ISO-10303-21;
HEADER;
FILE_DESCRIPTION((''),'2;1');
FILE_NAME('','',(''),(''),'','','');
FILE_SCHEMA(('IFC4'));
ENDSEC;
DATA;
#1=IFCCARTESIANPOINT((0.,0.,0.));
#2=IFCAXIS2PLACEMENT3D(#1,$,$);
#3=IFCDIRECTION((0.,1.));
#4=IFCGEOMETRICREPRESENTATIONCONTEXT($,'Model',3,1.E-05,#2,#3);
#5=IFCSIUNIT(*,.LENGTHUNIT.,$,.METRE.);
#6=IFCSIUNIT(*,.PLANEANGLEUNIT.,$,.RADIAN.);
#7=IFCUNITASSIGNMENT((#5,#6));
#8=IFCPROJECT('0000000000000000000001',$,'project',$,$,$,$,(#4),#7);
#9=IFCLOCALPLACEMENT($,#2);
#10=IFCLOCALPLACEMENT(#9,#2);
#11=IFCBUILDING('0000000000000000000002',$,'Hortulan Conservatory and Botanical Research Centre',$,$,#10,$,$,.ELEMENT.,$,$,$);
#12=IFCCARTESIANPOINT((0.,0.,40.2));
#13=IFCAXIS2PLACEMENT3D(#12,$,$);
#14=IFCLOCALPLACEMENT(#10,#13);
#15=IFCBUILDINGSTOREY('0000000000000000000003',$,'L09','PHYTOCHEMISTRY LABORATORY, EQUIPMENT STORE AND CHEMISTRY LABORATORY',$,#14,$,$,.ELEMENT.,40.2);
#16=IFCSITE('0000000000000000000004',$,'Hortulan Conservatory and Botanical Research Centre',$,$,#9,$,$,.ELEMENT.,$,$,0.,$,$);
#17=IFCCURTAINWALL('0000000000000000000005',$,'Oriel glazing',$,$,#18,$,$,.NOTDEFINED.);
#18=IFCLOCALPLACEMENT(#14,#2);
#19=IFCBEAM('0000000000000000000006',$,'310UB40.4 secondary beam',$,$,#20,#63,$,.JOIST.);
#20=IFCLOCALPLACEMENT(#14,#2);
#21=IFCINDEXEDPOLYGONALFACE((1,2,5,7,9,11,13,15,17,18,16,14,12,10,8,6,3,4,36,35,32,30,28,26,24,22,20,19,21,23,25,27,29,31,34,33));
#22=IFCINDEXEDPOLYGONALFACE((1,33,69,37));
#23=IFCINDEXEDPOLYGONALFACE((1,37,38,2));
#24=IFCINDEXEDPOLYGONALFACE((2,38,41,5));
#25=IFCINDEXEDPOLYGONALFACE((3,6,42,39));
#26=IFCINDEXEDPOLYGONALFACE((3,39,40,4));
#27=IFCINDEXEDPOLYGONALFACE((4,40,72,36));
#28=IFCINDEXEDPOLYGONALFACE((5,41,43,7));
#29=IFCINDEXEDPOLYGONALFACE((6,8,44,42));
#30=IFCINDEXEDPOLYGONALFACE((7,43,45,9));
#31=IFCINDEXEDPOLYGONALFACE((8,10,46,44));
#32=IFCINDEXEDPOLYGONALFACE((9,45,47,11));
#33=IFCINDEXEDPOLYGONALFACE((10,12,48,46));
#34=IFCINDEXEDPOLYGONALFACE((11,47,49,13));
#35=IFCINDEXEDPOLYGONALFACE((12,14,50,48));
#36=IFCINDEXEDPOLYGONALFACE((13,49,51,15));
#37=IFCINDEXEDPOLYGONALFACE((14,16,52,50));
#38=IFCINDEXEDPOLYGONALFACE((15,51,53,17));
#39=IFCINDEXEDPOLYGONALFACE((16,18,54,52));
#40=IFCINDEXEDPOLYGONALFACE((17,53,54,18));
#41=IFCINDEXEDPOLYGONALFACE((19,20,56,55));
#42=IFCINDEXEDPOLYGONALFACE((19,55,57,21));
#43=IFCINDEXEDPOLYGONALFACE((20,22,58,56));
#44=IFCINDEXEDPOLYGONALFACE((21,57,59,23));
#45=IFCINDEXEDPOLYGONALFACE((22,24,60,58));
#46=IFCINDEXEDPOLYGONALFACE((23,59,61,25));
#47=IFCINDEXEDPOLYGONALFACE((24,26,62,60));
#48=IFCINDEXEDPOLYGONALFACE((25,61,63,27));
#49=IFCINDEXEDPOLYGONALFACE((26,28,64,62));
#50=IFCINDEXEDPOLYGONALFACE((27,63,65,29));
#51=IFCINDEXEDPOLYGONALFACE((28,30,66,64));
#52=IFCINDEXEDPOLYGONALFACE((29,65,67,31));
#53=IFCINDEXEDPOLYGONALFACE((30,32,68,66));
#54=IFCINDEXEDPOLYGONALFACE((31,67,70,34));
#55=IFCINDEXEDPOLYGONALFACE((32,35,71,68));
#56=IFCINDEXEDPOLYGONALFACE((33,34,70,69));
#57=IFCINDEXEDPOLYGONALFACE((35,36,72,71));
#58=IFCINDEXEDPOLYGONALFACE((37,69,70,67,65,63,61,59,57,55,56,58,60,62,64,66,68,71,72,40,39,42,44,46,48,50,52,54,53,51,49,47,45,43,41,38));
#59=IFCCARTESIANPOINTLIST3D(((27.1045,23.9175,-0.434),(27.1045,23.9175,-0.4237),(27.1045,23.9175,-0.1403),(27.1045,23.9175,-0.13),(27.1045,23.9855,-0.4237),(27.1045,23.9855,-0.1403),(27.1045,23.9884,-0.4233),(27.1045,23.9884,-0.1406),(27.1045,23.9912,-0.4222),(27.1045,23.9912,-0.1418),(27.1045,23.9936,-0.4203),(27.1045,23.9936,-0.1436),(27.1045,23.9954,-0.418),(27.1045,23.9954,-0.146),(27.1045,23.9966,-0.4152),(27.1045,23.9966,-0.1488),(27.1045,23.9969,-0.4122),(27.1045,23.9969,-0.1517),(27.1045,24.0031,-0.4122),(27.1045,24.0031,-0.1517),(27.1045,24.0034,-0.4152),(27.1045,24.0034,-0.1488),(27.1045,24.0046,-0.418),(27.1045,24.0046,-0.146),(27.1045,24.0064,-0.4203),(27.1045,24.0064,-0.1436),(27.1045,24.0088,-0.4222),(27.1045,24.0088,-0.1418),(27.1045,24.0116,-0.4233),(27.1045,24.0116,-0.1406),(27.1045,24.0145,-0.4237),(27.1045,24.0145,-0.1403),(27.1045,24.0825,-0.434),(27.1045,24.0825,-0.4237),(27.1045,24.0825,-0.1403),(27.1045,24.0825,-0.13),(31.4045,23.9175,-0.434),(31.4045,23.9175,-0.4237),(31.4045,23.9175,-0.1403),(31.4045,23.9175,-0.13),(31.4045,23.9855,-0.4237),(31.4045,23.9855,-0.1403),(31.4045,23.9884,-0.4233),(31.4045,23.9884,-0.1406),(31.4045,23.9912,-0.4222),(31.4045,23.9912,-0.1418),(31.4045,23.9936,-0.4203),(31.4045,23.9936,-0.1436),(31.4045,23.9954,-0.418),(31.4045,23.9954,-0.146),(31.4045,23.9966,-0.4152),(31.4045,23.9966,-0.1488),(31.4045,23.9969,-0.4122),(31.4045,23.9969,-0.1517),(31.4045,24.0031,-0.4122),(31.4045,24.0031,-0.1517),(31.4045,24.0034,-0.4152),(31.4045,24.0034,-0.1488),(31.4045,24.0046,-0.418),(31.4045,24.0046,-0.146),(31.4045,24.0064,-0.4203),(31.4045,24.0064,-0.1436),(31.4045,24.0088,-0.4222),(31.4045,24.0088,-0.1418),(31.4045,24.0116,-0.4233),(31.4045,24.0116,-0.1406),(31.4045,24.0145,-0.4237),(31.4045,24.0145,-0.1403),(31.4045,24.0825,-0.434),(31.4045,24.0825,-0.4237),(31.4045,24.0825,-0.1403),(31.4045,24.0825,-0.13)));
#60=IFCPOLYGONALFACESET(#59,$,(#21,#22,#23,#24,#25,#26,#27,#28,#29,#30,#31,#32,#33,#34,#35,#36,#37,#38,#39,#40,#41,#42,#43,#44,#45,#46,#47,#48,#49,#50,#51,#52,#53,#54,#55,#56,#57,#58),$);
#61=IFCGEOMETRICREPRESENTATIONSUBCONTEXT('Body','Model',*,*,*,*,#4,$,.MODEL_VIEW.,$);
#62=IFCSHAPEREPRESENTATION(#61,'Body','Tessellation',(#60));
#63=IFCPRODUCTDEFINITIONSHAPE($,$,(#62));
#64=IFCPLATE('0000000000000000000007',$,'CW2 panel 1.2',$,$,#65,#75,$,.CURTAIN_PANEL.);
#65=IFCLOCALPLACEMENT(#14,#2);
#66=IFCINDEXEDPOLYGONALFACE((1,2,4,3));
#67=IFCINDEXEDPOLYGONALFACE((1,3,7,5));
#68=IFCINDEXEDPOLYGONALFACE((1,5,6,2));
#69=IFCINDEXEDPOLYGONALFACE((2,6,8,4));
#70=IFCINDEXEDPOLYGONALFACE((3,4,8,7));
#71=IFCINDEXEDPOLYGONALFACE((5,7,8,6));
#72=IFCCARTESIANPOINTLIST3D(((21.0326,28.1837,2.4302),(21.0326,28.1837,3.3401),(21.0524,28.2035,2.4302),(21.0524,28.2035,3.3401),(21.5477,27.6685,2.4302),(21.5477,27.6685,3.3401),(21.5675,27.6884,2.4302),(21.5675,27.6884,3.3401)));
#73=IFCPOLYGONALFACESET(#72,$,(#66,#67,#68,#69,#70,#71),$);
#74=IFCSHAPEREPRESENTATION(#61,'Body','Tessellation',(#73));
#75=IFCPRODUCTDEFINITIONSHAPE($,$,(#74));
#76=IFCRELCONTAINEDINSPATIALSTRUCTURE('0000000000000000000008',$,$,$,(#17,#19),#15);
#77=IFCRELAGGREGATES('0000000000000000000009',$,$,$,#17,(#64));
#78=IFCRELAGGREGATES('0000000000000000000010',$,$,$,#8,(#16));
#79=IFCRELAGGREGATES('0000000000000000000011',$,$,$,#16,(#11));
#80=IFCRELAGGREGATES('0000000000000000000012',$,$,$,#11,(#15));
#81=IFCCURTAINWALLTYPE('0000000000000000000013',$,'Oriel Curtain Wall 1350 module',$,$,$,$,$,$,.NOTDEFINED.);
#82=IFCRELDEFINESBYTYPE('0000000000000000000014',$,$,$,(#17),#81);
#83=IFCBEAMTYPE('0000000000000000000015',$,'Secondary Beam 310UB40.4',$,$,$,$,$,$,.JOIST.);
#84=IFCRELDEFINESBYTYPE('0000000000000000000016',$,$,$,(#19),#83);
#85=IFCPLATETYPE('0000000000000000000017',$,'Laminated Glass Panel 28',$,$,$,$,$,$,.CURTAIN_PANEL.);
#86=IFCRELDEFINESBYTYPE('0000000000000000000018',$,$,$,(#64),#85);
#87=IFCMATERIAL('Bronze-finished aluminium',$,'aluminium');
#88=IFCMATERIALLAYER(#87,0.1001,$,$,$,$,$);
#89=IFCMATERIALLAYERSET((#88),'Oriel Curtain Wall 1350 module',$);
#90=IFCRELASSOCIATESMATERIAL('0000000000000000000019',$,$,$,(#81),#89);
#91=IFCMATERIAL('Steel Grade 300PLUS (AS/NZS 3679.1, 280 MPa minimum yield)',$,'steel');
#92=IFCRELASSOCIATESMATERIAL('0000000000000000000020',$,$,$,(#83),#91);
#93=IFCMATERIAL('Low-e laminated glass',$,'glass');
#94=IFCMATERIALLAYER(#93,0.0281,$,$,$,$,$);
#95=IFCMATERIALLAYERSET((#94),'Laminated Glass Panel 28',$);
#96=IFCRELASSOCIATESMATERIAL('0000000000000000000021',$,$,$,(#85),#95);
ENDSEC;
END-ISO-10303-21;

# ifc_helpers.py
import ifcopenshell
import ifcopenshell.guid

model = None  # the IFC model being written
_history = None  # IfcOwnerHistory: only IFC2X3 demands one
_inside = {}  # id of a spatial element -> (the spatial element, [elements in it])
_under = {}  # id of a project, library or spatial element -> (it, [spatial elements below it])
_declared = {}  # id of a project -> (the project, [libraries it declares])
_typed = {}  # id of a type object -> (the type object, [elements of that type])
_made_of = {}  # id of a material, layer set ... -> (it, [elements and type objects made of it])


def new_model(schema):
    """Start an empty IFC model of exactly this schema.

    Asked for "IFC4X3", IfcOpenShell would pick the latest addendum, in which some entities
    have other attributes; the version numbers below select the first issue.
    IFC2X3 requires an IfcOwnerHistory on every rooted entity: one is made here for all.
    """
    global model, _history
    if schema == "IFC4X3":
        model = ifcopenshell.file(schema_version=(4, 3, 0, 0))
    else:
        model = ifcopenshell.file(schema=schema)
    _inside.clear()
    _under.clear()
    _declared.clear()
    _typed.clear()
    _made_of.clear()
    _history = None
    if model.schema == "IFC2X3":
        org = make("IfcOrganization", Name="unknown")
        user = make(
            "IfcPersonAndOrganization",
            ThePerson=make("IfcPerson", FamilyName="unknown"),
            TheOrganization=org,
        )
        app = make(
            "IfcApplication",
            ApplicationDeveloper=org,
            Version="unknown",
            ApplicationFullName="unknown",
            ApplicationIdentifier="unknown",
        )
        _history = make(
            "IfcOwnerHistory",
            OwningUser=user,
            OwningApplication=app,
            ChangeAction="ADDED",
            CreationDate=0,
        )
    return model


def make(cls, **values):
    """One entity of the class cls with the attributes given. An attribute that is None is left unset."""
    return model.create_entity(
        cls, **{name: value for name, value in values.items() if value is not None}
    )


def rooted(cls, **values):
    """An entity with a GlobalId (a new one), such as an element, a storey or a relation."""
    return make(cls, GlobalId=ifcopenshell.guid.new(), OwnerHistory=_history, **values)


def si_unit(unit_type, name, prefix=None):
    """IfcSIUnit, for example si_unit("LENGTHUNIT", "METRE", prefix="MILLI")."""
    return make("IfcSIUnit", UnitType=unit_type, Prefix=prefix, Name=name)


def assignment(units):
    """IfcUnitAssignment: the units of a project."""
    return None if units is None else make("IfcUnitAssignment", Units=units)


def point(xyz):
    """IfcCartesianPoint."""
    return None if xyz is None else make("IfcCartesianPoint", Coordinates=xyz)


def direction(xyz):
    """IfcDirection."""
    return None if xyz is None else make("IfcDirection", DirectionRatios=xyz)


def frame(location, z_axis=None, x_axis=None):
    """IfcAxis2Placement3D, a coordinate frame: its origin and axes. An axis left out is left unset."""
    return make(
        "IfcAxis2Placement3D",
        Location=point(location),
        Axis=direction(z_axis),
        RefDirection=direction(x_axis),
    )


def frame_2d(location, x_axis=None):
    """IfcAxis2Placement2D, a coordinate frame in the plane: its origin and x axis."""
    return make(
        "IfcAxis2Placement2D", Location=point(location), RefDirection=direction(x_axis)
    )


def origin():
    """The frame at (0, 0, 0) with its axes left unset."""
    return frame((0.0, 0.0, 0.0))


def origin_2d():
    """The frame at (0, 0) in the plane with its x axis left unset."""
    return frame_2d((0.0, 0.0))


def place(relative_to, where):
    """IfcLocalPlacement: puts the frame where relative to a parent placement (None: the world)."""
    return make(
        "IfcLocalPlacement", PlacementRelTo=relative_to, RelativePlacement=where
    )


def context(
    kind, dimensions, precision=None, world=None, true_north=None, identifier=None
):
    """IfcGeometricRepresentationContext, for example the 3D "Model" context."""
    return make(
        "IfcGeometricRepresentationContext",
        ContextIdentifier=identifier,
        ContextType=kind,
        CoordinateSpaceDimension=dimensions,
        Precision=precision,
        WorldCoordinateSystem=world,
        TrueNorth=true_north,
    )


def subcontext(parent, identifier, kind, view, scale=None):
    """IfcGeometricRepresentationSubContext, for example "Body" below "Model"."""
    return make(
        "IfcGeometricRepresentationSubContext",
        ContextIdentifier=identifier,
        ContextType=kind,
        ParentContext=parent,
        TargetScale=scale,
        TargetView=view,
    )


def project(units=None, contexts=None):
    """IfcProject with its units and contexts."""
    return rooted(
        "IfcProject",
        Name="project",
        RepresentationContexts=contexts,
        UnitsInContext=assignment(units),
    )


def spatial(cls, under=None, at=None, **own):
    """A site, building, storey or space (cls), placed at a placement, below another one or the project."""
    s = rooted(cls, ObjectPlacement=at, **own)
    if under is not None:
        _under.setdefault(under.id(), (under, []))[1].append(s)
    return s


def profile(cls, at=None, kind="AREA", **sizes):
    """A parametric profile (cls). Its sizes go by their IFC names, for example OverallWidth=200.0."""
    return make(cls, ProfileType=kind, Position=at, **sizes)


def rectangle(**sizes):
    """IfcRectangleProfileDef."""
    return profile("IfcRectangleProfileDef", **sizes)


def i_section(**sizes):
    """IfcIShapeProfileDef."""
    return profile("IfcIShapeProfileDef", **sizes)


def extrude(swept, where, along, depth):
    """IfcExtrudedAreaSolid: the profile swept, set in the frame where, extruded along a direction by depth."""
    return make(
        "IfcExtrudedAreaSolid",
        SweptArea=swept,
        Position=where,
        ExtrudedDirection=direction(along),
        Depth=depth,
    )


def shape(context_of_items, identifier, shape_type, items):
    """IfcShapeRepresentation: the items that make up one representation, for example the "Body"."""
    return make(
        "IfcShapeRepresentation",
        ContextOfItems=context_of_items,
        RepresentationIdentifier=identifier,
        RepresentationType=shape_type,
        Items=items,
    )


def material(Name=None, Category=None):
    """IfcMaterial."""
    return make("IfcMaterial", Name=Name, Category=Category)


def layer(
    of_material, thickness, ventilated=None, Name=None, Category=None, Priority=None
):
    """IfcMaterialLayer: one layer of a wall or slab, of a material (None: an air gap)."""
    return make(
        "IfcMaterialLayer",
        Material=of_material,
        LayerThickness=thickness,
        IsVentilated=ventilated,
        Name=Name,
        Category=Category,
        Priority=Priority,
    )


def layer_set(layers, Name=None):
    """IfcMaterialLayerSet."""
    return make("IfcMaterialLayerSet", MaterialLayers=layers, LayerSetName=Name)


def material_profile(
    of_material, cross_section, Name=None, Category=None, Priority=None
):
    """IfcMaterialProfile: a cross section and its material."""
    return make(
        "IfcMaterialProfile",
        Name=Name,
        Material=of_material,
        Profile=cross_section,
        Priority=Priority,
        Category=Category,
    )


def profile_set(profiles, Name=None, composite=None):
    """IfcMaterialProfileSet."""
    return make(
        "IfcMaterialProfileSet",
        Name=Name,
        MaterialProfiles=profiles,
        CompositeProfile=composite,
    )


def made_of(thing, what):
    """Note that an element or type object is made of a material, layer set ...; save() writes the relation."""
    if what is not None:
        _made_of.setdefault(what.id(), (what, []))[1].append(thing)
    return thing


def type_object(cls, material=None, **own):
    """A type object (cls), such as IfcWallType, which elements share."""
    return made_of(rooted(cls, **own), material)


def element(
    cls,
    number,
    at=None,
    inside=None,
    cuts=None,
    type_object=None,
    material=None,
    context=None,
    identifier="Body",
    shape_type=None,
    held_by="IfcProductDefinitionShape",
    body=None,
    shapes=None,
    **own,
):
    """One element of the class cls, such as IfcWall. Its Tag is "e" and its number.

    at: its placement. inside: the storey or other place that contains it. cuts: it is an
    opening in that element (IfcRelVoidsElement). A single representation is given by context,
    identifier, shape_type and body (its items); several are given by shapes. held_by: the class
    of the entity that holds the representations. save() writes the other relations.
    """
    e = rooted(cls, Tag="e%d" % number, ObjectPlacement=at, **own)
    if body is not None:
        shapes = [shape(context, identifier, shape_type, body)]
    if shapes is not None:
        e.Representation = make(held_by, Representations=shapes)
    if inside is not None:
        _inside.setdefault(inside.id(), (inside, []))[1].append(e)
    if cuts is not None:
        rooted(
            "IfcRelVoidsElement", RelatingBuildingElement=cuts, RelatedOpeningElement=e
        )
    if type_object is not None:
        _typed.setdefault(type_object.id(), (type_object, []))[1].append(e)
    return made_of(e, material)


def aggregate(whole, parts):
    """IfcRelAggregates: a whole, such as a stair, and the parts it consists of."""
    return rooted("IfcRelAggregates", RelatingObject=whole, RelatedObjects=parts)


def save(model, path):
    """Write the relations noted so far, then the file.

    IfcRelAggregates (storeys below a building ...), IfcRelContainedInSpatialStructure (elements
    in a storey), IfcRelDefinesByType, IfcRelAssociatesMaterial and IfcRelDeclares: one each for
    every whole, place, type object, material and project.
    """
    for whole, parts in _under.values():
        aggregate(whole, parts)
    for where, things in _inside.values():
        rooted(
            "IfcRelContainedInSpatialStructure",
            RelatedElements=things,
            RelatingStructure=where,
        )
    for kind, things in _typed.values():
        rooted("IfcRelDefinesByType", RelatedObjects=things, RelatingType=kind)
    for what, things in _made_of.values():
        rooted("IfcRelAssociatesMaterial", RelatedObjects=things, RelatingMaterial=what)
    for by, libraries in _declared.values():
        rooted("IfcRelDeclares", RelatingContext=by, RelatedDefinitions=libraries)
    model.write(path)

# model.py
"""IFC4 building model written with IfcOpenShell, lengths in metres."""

from ifc_helpers import new_model, si_unit, direction, frame, origin, origin_2d, place, context, subcontext, project, spatial, rectangle, i_section, extrude, material, layer, layer_set, material_profile, profile_set, type_object, element, aggregate, save


model = new_model("IFC4")

# Units and contexts
model_context = context("Model", 3, precision=1e-05, world=origin(), true_north=direction((0.0, 1.0)))
body_context = subcontext(model_context, "Body", "Model", "MODEL_VIEW")
ifc_project = project(units=[si_unit("LENGTHUNIT", "METRE"), si_unit("PLANEANGLEUNIT", "RADIAN")], contexts=[model_context])

# Site, building, storey
site_placement = place(None, origin())
site = spatial("IfcSite", under=ifc_project, at=site_placement, Name="Hortulan Conservatory and Botanical Research Centre", CompositionType="ELEMENT", RefElevation=0.0)
building_placement = place(site_placement, origin())
building = spatial("IfcBuilding", under=site, at=building_placement, Name="Hortulan Conservatory and Botanical Research Centre", CompositionType="ELEMENT")
storey_placement = place(building_placement, frame((0.0, 0.0, 40.2)))
storey = spatial("IfcBuildingStorey", under=building, at=storey_placement, Name="L09", Description="PHYTOCHEMISTRY LABORATORY, EQUIPMENT STORE AND CHEMISTRY LABORATORY", CompositionType="ELEMENT", Elevation=40.2)

# Shared definitions
ifc_material_1 = material(Name="Steel Grade 300PLUS (AS/NZS 3679.1, 280 MPa minimum yield)", Category="steel")

# Curtain wall
ifc_material_2 = material(Name="Bronze-finished aluminium", Category="aluminium")
ifc_layer_1 = layer(ifc_material_2, 0.1001)
ifc_layer_set_1 = layer_set([ifc_layer_1], Name="Oriel Curtain Wall 1350 module")
curtain_wall_type = type_object("IfcCurtainWallType", Name="Oriel Curtain Wall 1350 module", PredefinedType="NOTDEFINED", material=ifc_layer_set_1)
curtain_wall_placement = place(storey_placement, origin())
curtain_wall = element("IfcCurtainWall", 1, at=curtain_wall_placement, inside=storey, type_object=curtain_wall_type, Name="Oriel glazing", PredefinedType="NOTDEFINED")

# Beam
ifc_material_profile_1 = material_profile(ifc_material_1, i_section(OverallWidth=0.165, OverallDepth=0.304, WebThickness=0.0061, FlangeThickness=0.0103, FilletRadius=0.0115, at=origin_2d()), Name="310UB40.4")
ifc_profile_set_1 = profile_set([ifc_material_profile_1], Name="Steel Grade 300PLUS (AS/NZS 3679.1, 280 MPa minimum yield)")
beam_type_1 = type_object("IfcBeamType", Name="Secondary Beam 310UB40.4", PredefinedType="JOIST", material=ifc_profile_set_1)
beam_1_placement = place(storey_placement, frame((27.1045, 24.0, -0.282), z_axis=(1.0, 0.0, 0.0), x_axis=(0.0, 1.0, 0.0)))
element("IfcBeam", 2, at=beam_1_placement, inside=storey, type_object=beam_type_1, Name="310UB40.4 secondary beam", PredefinedType="JOIST", context=body_context, shape_type="SweptSolid", body=[
    extrude(i_section(OverallWidth=0.165, OverallDepth=0.304, WebThickness=0.0061, FlangeThickness=0.0103, FilletRadius=0.0115, at=origin_2d()), origin(), (0.0, 0.0, 1.0), 4.3),
])

# Plate
ifc_material_3 = material(Name="Low-e laminated glass", Category="glass")
ifc_layer_2 = layer(ifc_material_3, 0.0281)
ifc_layer_set_2 = layer_set([ifc_layer_2], Name="Laminated Glass Panel 28")
plate_type = type_object("IfcPlateType", Name="Laminated Glass Panel 28", PredefinedType="CURTAIN_PANEL", material=ifc_layer_set_2)
plate_placement = place(storey_placement, frame((21.3, 27.936, 2.4302), z_axis=(0.0, 0.0, 1.0), x_axis=(0.707107, -0.707107, 0.0)))
plate = element("IfcPlate", 3, at=plate_placement, type_object=plate_type, Name="CW2 panel 1.2", PredefinedType="CURTAIN_PANEL", context=body_context, shape_type="SweptSolid", body=[
    extrude(rectangle(XDim=0.7285, YDim=0.0281, at=origin_2d()), origin(), (0.0, 0.0, 1.0), 0.9099),
])
aggregate(curtain_wall, [plate])

save(model, "model.ifc")
